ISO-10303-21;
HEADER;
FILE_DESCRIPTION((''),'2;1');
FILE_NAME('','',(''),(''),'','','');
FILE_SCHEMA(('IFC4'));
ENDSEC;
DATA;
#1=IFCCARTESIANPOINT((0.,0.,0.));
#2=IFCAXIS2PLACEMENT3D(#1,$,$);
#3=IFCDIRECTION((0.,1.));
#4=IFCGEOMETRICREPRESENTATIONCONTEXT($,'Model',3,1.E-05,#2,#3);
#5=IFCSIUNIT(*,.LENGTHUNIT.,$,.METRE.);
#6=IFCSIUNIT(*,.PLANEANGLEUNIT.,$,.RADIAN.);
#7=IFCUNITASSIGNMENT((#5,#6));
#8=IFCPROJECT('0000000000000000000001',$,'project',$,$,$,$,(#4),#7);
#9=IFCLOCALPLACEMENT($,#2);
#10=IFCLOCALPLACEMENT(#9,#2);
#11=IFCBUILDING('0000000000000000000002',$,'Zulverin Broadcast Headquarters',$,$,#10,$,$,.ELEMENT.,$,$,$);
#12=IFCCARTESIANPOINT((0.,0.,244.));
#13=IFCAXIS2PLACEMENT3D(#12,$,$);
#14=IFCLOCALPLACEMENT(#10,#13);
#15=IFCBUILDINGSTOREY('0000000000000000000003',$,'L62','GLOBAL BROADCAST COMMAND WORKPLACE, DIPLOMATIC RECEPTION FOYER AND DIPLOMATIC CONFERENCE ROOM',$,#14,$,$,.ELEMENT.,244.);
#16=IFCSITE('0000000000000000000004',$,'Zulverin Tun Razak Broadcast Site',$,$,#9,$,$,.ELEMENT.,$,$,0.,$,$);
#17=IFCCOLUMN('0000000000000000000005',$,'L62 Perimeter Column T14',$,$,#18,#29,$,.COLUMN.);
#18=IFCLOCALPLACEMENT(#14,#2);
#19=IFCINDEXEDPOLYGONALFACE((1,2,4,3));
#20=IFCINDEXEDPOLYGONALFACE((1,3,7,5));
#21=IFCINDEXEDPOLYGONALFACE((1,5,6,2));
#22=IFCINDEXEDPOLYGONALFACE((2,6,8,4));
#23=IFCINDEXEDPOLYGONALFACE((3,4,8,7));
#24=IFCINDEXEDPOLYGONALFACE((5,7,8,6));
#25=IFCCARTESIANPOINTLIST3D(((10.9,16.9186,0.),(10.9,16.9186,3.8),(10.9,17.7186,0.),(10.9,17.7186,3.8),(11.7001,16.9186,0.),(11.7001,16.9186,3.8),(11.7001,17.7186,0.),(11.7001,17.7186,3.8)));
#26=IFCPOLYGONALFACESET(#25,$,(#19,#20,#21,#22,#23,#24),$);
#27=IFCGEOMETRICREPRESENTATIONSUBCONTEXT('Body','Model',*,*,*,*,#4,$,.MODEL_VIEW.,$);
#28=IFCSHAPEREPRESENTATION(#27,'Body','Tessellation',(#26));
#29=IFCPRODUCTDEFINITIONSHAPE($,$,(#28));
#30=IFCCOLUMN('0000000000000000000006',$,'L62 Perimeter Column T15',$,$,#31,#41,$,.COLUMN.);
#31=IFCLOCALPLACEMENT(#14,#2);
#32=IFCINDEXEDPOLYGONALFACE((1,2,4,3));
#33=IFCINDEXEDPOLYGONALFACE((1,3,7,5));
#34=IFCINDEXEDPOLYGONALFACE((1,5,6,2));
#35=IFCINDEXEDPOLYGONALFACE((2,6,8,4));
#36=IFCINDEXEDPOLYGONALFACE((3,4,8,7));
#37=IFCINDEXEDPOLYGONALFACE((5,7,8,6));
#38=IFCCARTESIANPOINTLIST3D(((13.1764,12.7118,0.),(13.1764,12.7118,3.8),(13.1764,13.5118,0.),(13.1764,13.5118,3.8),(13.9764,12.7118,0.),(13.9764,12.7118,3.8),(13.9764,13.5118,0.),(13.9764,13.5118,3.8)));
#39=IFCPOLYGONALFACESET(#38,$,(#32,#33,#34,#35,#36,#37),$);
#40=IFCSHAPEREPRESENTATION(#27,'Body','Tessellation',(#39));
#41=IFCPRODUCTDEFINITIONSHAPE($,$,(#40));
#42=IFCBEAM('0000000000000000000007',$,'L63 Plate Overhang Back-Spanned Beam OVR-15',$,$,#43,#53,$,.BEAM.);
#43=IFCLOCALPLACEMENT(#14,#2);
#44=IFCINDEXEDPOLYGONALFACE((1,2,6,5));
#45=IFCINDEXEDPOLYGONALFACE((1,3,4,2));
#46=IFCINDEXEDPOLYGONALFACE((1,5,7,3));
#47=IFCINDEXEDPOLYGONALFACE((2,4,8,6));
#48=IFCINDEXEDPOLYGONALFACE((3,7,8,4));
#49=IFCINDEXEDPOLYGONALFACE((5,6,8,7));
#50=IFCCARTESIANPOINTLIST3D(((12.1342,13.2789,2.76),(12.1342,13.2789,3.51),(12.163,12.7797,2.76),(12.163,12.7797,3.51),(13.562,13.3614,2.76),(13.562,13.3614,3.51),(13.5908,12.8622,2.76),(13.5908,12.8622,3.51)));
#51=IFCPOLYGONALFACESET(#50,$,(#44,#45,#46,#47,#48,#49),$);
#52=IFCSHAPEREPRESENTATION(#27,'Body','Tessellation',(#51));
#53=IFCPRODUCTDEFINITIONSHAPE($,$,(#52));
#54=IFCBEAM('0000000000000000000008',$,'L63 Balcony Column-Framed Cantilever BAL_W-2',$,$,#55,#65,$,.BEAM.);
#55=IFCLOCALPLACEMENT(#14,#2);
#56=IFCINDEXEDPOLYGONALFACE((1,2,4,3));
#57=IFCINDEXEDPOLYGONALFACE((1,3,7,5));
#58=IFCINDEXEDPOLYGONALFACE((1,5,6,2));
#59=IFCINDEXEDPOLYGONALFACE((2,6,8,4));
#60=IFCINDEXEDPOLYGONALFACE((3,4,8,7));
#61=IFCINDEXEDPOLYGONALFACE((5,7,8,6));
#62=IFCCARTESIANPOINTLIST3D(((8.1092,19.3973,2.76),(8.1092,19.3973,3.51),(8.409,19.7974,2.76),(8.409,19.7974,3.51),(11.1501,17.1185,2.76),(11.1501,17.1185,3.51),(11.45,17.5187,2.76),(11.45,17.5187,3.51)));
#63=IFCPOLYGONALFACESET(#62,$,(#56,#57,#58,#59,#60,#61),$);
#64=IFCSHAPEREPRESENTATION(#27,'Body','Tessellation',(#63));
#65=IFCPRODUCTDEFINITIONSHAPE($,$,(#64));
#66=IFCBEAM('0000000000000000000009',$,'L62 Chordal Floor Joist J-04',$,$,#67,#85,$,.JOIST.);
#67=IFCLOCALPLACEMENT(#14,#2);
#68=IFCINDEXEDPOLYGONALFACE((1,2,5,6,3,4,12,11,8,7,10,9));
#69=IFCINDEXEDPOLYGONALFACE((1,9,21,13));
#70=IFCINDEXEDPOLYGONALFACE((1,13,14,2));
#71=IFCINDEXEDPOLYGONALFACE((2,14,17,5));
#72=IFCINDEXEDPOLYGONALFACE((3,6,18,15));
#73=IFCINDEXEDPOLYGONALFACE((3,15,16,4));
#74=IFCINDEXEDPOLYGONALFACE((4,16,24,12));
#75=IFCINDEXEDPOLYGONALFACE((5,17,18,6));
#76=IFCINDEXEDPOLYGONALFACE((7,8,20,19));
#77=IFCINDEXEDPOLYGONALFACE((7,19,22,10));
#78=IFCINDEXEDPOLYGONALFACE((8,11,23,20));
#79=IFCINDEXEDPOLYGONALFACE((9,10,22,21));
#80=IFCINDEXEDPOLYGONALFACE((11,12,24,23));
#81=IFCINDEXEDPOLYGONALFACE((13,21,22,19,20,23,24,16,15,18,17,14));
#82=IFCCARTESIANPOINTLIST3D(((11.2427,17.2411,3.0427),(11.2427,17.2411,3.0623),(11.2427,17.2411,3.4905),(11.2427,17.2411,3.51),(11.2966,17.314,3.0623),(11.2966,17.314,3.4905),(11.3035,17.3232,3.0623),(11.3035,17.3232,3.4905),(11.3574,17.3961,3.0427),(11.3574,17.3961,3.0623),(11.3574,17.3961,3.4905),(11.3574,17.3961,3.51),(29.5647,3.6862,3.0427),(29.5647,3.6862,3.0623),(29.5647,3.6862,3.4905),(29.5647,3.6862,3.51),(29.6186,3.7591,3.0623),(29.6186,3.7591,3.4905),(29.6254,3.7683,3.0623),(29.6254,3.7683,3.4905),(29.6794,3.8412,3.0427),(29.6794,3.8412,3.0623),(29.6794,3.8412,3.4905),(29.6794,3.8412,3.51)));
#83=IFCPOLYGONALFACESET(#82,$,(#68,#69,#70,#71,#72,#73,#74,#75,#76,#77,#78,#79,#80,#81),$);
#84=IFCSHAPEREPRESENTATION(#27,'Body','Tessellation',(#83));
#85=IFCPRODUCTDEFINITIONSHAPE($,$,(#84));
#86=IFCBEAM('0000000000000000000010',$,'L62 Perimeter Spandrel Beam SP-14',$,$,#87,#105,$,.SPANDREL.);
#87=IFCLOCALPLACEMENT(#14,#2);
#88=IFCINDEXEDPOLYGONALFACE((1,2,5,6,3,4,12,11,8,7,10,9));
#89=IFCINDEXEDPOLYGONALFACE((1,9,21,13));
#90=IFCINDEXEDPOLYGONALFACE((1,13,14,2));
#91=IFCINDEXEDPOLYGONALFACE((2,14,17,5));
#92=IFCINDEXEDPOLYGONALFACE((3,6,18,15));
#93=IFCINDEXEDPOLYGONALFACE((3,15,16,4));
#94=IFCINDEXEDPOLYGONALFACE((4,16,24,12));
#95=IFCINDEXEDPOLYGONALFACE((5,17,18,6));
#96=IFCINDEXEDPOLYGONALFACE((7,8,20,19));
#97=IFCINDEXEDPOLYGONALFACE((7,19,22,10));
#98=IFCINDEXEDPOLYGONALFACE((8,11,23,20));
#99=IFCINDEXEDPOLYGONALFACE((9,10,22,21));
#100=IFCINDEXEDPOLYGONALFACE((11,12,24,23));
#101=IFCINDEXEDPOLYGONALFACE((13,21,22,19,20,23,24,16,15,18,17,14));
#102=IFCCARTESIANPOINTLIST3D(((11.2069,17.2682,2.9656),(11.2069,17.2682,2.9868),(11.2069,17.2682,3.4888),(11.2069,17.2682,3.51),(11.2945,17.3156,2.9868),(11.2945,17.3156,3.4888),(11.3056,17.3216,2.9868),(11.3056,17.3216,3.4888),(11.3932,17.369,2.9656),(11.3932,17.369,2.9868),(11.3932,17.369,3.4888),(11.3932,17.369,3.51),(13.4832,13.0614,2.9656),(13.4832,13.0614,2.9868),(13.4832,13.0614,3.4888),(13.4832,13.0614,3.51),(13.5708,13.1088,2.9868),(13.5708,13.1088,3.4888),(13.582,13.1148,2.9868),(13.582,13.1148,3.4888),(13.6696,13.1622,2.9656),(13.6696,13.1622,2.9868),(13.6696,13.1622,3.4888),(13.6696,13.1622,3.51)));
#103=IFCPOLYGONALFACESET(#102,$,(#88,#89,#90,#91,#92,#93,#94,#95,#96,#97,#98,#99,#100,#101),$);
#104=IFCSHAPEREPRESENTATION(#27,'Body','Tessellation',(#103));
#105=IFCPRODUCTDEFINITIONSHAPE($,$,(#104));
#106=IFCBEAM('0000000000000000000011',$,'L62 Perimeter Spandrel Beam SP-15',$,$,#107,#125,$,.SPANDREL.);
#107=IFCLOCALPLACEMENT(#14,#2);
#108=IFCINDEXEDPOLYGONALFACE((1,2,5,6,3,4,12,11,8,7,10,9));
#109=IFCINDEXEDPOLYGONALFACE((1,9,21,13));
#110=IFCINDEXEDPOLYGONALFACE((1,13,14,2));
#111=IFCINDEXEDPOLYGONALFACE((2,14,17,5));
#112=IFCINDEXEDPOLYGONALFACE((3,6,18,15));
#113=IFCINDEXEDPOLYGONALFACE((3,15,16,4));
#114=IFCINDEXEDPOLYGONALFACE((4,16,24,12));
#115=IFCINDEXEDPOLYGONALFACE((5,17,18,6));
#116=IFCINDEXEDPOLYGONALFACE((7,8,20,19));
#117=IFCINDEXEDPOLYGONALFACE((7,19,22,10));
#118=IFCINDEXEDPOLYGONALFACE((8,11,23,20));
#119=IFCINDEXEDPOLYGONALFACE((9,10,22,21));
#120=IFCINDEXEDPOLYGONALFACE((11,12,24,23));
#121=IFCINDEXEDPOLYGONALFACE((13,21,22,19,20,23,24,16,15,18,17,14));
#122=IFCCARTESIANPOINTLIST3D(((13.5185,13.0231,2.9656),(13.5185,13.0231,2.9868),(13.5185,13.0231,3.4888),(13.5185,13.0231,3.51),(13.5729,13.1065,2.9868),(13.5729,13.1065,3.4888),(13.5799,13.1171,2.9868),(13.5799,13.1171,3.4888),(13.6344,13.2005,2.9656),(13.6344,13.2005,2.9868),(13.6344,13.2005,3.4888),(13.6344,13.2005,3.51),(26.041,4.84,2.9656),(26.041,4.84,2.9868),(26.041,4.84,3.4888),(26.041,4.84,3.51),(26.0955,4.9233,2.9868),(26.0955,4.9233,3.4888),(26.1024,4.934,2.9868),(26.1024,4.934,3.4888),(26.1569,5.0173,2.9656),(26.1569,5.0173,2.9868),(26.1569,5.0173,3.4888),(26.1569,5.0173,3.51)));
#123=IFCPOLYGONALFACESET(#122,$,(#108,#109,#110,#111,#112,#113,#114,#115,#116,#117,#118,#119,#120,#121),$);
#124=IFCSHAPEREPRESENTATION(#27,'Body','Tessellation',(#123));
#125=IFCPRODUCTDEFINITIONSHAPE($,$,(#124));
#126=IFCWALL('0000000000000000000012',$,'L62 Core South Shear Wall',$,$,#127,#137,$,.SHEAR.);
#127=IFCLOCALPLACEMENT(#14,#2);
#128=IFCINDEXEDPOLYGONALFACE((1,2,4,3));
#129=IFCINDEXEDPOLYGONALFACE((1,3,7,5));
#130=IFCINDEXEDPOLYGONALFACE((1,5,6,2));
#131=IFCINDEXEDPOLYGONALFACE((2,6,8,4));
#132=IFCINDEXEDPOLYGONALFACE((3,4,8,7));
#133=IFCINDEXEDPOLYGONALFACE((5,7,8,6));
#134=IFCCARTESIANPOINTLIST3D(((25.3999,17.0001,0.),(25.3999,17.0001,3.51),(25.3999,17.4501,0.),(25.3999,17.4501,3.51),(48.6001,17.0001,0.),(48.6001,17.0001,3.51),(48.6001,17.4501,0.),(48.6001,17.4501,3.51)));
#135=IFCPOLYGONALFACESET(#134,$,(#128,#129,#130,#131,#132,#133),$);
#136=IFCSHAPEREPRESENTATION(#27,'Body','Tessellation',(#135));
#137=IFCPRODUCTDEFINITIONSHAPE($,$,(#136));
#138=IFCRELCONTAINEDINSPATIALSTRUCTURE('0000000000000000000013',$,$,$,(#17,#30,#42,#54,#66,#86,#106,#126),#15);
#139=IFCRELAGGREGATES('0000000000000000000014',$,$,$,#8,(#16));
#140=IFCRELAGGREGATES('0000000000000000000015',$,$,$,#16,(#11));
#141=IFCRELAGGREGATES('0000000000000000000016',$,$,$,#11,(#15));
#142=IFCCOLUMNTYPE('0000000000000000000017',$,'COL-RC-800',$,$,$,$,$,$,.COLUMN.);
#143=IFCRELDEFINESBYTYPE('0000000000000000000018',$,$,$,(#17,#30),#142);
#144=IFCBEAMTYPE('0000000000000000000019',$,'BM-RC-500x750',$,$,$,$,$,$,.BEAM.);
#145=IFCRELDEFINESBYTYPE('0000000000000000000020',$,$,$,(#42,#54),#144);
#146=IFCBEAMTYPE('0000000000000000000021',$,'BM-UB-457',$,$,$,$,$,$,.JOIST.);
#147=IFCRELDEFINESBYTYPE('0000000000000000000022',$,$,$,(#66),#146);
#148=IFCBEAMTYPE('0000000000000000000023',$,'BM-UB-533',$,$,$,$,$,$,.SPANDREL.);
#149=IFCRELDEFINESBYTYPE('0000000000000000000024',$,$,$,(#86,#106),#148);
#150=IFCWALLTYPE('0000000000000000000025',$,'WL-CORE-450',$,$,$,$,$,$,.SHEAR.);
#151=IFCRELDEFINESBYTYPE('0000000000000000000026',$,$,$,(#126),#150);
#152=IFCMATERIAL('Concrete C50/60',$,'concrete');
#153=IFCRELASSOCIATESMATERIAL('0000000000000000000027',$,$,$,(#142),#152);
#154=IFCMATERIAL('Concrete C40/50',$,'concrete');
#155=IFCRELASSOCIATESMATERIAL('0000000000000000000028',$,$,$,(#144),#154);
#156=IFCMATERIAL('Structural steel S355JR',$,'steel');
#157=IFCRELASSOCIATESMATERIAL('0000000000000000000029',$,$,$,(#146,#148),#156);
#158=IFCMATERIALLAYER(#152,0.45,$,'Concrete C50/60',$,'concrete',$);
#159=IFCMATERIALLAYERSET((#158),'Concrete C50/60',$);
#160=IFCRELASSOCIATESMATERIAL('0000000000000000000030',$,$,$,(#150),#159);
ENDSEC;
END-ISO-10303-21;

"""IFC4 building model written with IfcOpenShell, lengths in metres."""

from ifc_helpers import new_model, si_unit, direction, frame, frame_2d, origin, origin_2d, place, context, subcontext, project, spatial, rectangle, i_section, extrude, material, layer, layer_set, material_profile, profile_set, type_object, element, save


model = new_model("IFC4")

# Units and contexts
model_context = context("Model", 3, precision=1e-05, world=origin(), true_north=direction((0.0, 1.0)))
body_context = subcontext(model_context, "Body", "Model", "MODEL_VIEW")
ifc_project = project(units=[si_unit("LENGTHUNIT", "METRE"), si_unit("PLANEANGLEUNIT", "RADIAN")], contexts=[model_context])

# Site, building, storey
site_placement = place(None, origin())
site = spatial("IfcSite", under=ifc_project, at=site_placement, Name="Zulverin Tun Razak Broadcast Site", CompositionType="ELEMENT", RefElevation=0.0)
building_placement = place(site_placement, origin())
building = spatial("IfcBuilding", under=site, at=building_placement, Name="Zulverin Broadcast Headquarters", CompositionType="ELEMENT")
storey_placement = place(building_placement, frame((0.0, 0.0, 244.0)))
storey = spatial("IfcBuildingStorey", under=building, at=storey_placement, Name="L62", Description="GLOBAL BROADCAST COMMAND WORKPLACE, DIPLOMATIC RECEPTION FOYER AND DIPLOMATIC CONFERENCE ROOM", CompositionType="ELEMENT", Elevation=244.0)

# Columns
ifc_material_1 = material(Name="Concrete C50/60", Category="concrete")
ifc_material_profile_1 = material_profile(ifc_material_1, rectangle(XDim=0.8, YDim=0.8, at=origin_2d()), Name="Concrete C50/60", Category="concrete")
ifc_profile_set_1 = profile_set([ifc_material_profile_1], Name="Concrete C50/60")
column_type = type_object("IfcColumnType", Name="COL-RC-800", PredefinedType="COLUMN", material=ifc_profile_set_1)
for number, where, z_axis, x_axis, name in (
    (1, (11.3, 17.3186, 0.0), (0.0, 0.0, 1.0), (1.0, 0.0, 0.0), "L62 Perimeter Column T14"),
    (2, (13.5764, 13.1118, 0.0), (0.0, 0.0, 1.0), (1.0, 0.0, 0.0), "L62 Perimeter Column T15"),
):
    element("IfcColumn", number, at=place(storey_placement, frame(where, z_axis=z_axis, x_axis=x_axis)), inside=storey, type_object=column_type, Name=name, PredefinedType="COLUMN", context=body_context, shape_type="SweptSolid", body=[
        extrude(rectangle(XDim=0.8, YDim=0.8, at=origin_2d()), origin(), (0.0, 0.0, 1.0), 3.8),
    ])

# Beams
ifc_material_2 = material(Name="Concrete C40/50", Category="concrete")
ifc_material_profile_2 = material_profile(ifc_material_2, rectangle(XDim=0.5, YDim=0.75, at=origin_2d()), Name="Concrete C40/50", Category="concrete")
ifc_profile_set_2 = profile_set([ifc_material_profile_2], Name="Concrete C40/50")
beam_type_1 = type_object("IfcBeamType", Name="BM-RC-500x750", PredefinedType="BEAM", material=ifc_profile_set_2)
beam_1_placement = place(storey_placement, frame((13.5764, 13.1118, 3.135), z_axis=(-0.998334, -0.057701, 0.0), x_axis=(0.057701, -0.998334, 0.0)))
element("IfcBeam", 3, at=beam_1_placement, inside=storey, type_object=beam_type_1, Name="L63 Plate Overhang Back-Spanned Beam OVR-15", PredefinedType="BEAM", context=body_context, shape_type="SweptSolid", body=[
    extrude(rectangle(XDim=0.5, YDim=0.75, at=origin_2d()), origin(), (0.0, 0.0, 1.0), 1.4302),
])
beam_2_placement = place(storey_placement, frame((11.3, 17.3186, 3.135), z_axis=(-0.800247, 0.599671, 0.0), x_axis=(-0.599671, -0.800247, 0.0)))
element("IfcBeam", 4, at=beam_2_placement, inside=storey, type_object=beam_type_1, Name="L63 Balcony Column-Framed Cantilever BAL_W-2", PredefinedType="BEAM", context=body_context, shape_type="SweptSolid", body=[
    extrude(rectangle(XDim=0.5, YDim=0.75, at=origin_2d()), origin(), (0.0, 0.0, 1.0), 3.8),
])
ifc_material_3 = material(Name="Structural steel S355JR", Category="steel")
ifc_material_profile_3 = material_profile(ifc_material_3, i_section(OverallWidth=0.1929, OverallDepth=0.4673, WebThickness=0.0115, FlangeThickness=0.0195, at=origin_2d()), Name="Structural steel S355JR", Category="steel")
ifc_profile_set_3 = profile_set([ifc_material_profile_3], Name="Structural steel S355JR")
beam_type_2 = type_object("IfcBeamType", Name="BM-UB-457", PredefinedType="JOIST", material=ifc_profile_set_3)
beam_3_placement = place(storey_placement, frame((11.3, 17.3186, 3.2764), z_axis=(0.803912, -0.594748, 0.0), x_axis=(0.594748, 0.803912, 0.0)))
element("IfcBeam", 5, at=beam_3_placement, inside=storey, type_object=beam_type_2, Name="L62 Chordal Floor Joist J-04", PredefinedType="JOIST", context=body_context, shape_type="SweptSolid", body=[
    extrude(i_section(OverallWidth=0.1929, OverallDepth=0.4673, WebThickness=0.0115, FlangeThickness=0.0195, at=origin_2d()), origin(), (0.0, 0.0, 1.0), 22.791),
])
ifc_material_profile_4 = material_profile(ifc_material_3, i_section(OverallWidth=0.2119, OverallDepth=0.5444, WebThickness=0.0127, FlangeThickness=0.0212, at=origin_2d()), Name="Structural steel S355JR", Category="steel")
ifc_profile_set_4 = profile_set([ifc_material_profile_4], Name="Structural steel S355JR")
beam_type_3 = type_object("IfcBeamType", Name="BM-UB-533", PredefinedType="SPANDREL", material=ifc_profile_set_4)
beam_4_placement = place(storey_placement, frame((11.3, 17.3186, 3.2378), z_axis=(0.47591, -0.879494, 0.0), x_axis=(0.879494, 0.47591, 0.0)))
element("IfcBeam", 6, at=beam_4_placement, inside=storey, type_object=beam_type_3, Name="L62 Perimeter Spandrel Beam SP-14", PredefinedType="SPANDREL", context=body_context, shape_type="SweptSolid", body=[
    extrude(i_section(OverallWidth=0.2119, OverallDepth=0.5444, WebThickness=0.0127, FlangeThickness=0.0212, at=origin_2d()), origin(), (0.0, 0.0, 1.0), 4.7832),
])
beam_5_placement = place(storey_placement, frame((13.5764, 13.1118, 3.2378), z_axis=(0.837112, -0.547031, 0.0), x_axis=(0.547031, 0.837112, 0.0)))
element("IfcBeam", 7, at=beam_5_placement, inside=storey, type_object=beam_type_3, Name="L62 Perimeter Spandrel Beam SP-15", PredefinedType="SPANDREL", context=body_context, shape_type="SweptSolid", body=[
    extrude(i_section(OverallWidth=0.2119, OverallDepth=0.5444, WebThickness=0.0127, FlangeThickness=0.0212, at=origin_2d()), origin(), (0.0, 0.0, 1.0), 14.9592),
])

# Wall
ifc_layer_1 = layer(ifc_material_1, 0.45, Name="Concrete C50/60", Category="concrete")
ifc_layer_set_1 = layer_set([ifc_layer_1], Name="Concrete C50/60")
wall_type_1 = type_object("IfcWallType", Name="WL-CORE-450", PredefinedType="SHEAR", material=ifc_layer_set_1)
wall_1_placement = place(storey_placement, frame((25.3999, 17.2251, 0.0), z_axis=(0.0, 0.0, 1.0), x_axis=(1.0, 0.0, 0.0)))
element("IfcWall", 8, at=wall_1_placement, inside=storey, type_object=wall_type_1, Name="L62 Core South Shear Wall", PredefinedType="SHEAR", context=body_context, shape_type="SweptSolid", body=[
    extrude(rectangle(XDim=23.2002, YDim=0.45, at=frame_2d((11.6001, 0.0))), origin(), (0.0, 0.0, 1.0), 3.51),
])

save(model, "model.ifc")
